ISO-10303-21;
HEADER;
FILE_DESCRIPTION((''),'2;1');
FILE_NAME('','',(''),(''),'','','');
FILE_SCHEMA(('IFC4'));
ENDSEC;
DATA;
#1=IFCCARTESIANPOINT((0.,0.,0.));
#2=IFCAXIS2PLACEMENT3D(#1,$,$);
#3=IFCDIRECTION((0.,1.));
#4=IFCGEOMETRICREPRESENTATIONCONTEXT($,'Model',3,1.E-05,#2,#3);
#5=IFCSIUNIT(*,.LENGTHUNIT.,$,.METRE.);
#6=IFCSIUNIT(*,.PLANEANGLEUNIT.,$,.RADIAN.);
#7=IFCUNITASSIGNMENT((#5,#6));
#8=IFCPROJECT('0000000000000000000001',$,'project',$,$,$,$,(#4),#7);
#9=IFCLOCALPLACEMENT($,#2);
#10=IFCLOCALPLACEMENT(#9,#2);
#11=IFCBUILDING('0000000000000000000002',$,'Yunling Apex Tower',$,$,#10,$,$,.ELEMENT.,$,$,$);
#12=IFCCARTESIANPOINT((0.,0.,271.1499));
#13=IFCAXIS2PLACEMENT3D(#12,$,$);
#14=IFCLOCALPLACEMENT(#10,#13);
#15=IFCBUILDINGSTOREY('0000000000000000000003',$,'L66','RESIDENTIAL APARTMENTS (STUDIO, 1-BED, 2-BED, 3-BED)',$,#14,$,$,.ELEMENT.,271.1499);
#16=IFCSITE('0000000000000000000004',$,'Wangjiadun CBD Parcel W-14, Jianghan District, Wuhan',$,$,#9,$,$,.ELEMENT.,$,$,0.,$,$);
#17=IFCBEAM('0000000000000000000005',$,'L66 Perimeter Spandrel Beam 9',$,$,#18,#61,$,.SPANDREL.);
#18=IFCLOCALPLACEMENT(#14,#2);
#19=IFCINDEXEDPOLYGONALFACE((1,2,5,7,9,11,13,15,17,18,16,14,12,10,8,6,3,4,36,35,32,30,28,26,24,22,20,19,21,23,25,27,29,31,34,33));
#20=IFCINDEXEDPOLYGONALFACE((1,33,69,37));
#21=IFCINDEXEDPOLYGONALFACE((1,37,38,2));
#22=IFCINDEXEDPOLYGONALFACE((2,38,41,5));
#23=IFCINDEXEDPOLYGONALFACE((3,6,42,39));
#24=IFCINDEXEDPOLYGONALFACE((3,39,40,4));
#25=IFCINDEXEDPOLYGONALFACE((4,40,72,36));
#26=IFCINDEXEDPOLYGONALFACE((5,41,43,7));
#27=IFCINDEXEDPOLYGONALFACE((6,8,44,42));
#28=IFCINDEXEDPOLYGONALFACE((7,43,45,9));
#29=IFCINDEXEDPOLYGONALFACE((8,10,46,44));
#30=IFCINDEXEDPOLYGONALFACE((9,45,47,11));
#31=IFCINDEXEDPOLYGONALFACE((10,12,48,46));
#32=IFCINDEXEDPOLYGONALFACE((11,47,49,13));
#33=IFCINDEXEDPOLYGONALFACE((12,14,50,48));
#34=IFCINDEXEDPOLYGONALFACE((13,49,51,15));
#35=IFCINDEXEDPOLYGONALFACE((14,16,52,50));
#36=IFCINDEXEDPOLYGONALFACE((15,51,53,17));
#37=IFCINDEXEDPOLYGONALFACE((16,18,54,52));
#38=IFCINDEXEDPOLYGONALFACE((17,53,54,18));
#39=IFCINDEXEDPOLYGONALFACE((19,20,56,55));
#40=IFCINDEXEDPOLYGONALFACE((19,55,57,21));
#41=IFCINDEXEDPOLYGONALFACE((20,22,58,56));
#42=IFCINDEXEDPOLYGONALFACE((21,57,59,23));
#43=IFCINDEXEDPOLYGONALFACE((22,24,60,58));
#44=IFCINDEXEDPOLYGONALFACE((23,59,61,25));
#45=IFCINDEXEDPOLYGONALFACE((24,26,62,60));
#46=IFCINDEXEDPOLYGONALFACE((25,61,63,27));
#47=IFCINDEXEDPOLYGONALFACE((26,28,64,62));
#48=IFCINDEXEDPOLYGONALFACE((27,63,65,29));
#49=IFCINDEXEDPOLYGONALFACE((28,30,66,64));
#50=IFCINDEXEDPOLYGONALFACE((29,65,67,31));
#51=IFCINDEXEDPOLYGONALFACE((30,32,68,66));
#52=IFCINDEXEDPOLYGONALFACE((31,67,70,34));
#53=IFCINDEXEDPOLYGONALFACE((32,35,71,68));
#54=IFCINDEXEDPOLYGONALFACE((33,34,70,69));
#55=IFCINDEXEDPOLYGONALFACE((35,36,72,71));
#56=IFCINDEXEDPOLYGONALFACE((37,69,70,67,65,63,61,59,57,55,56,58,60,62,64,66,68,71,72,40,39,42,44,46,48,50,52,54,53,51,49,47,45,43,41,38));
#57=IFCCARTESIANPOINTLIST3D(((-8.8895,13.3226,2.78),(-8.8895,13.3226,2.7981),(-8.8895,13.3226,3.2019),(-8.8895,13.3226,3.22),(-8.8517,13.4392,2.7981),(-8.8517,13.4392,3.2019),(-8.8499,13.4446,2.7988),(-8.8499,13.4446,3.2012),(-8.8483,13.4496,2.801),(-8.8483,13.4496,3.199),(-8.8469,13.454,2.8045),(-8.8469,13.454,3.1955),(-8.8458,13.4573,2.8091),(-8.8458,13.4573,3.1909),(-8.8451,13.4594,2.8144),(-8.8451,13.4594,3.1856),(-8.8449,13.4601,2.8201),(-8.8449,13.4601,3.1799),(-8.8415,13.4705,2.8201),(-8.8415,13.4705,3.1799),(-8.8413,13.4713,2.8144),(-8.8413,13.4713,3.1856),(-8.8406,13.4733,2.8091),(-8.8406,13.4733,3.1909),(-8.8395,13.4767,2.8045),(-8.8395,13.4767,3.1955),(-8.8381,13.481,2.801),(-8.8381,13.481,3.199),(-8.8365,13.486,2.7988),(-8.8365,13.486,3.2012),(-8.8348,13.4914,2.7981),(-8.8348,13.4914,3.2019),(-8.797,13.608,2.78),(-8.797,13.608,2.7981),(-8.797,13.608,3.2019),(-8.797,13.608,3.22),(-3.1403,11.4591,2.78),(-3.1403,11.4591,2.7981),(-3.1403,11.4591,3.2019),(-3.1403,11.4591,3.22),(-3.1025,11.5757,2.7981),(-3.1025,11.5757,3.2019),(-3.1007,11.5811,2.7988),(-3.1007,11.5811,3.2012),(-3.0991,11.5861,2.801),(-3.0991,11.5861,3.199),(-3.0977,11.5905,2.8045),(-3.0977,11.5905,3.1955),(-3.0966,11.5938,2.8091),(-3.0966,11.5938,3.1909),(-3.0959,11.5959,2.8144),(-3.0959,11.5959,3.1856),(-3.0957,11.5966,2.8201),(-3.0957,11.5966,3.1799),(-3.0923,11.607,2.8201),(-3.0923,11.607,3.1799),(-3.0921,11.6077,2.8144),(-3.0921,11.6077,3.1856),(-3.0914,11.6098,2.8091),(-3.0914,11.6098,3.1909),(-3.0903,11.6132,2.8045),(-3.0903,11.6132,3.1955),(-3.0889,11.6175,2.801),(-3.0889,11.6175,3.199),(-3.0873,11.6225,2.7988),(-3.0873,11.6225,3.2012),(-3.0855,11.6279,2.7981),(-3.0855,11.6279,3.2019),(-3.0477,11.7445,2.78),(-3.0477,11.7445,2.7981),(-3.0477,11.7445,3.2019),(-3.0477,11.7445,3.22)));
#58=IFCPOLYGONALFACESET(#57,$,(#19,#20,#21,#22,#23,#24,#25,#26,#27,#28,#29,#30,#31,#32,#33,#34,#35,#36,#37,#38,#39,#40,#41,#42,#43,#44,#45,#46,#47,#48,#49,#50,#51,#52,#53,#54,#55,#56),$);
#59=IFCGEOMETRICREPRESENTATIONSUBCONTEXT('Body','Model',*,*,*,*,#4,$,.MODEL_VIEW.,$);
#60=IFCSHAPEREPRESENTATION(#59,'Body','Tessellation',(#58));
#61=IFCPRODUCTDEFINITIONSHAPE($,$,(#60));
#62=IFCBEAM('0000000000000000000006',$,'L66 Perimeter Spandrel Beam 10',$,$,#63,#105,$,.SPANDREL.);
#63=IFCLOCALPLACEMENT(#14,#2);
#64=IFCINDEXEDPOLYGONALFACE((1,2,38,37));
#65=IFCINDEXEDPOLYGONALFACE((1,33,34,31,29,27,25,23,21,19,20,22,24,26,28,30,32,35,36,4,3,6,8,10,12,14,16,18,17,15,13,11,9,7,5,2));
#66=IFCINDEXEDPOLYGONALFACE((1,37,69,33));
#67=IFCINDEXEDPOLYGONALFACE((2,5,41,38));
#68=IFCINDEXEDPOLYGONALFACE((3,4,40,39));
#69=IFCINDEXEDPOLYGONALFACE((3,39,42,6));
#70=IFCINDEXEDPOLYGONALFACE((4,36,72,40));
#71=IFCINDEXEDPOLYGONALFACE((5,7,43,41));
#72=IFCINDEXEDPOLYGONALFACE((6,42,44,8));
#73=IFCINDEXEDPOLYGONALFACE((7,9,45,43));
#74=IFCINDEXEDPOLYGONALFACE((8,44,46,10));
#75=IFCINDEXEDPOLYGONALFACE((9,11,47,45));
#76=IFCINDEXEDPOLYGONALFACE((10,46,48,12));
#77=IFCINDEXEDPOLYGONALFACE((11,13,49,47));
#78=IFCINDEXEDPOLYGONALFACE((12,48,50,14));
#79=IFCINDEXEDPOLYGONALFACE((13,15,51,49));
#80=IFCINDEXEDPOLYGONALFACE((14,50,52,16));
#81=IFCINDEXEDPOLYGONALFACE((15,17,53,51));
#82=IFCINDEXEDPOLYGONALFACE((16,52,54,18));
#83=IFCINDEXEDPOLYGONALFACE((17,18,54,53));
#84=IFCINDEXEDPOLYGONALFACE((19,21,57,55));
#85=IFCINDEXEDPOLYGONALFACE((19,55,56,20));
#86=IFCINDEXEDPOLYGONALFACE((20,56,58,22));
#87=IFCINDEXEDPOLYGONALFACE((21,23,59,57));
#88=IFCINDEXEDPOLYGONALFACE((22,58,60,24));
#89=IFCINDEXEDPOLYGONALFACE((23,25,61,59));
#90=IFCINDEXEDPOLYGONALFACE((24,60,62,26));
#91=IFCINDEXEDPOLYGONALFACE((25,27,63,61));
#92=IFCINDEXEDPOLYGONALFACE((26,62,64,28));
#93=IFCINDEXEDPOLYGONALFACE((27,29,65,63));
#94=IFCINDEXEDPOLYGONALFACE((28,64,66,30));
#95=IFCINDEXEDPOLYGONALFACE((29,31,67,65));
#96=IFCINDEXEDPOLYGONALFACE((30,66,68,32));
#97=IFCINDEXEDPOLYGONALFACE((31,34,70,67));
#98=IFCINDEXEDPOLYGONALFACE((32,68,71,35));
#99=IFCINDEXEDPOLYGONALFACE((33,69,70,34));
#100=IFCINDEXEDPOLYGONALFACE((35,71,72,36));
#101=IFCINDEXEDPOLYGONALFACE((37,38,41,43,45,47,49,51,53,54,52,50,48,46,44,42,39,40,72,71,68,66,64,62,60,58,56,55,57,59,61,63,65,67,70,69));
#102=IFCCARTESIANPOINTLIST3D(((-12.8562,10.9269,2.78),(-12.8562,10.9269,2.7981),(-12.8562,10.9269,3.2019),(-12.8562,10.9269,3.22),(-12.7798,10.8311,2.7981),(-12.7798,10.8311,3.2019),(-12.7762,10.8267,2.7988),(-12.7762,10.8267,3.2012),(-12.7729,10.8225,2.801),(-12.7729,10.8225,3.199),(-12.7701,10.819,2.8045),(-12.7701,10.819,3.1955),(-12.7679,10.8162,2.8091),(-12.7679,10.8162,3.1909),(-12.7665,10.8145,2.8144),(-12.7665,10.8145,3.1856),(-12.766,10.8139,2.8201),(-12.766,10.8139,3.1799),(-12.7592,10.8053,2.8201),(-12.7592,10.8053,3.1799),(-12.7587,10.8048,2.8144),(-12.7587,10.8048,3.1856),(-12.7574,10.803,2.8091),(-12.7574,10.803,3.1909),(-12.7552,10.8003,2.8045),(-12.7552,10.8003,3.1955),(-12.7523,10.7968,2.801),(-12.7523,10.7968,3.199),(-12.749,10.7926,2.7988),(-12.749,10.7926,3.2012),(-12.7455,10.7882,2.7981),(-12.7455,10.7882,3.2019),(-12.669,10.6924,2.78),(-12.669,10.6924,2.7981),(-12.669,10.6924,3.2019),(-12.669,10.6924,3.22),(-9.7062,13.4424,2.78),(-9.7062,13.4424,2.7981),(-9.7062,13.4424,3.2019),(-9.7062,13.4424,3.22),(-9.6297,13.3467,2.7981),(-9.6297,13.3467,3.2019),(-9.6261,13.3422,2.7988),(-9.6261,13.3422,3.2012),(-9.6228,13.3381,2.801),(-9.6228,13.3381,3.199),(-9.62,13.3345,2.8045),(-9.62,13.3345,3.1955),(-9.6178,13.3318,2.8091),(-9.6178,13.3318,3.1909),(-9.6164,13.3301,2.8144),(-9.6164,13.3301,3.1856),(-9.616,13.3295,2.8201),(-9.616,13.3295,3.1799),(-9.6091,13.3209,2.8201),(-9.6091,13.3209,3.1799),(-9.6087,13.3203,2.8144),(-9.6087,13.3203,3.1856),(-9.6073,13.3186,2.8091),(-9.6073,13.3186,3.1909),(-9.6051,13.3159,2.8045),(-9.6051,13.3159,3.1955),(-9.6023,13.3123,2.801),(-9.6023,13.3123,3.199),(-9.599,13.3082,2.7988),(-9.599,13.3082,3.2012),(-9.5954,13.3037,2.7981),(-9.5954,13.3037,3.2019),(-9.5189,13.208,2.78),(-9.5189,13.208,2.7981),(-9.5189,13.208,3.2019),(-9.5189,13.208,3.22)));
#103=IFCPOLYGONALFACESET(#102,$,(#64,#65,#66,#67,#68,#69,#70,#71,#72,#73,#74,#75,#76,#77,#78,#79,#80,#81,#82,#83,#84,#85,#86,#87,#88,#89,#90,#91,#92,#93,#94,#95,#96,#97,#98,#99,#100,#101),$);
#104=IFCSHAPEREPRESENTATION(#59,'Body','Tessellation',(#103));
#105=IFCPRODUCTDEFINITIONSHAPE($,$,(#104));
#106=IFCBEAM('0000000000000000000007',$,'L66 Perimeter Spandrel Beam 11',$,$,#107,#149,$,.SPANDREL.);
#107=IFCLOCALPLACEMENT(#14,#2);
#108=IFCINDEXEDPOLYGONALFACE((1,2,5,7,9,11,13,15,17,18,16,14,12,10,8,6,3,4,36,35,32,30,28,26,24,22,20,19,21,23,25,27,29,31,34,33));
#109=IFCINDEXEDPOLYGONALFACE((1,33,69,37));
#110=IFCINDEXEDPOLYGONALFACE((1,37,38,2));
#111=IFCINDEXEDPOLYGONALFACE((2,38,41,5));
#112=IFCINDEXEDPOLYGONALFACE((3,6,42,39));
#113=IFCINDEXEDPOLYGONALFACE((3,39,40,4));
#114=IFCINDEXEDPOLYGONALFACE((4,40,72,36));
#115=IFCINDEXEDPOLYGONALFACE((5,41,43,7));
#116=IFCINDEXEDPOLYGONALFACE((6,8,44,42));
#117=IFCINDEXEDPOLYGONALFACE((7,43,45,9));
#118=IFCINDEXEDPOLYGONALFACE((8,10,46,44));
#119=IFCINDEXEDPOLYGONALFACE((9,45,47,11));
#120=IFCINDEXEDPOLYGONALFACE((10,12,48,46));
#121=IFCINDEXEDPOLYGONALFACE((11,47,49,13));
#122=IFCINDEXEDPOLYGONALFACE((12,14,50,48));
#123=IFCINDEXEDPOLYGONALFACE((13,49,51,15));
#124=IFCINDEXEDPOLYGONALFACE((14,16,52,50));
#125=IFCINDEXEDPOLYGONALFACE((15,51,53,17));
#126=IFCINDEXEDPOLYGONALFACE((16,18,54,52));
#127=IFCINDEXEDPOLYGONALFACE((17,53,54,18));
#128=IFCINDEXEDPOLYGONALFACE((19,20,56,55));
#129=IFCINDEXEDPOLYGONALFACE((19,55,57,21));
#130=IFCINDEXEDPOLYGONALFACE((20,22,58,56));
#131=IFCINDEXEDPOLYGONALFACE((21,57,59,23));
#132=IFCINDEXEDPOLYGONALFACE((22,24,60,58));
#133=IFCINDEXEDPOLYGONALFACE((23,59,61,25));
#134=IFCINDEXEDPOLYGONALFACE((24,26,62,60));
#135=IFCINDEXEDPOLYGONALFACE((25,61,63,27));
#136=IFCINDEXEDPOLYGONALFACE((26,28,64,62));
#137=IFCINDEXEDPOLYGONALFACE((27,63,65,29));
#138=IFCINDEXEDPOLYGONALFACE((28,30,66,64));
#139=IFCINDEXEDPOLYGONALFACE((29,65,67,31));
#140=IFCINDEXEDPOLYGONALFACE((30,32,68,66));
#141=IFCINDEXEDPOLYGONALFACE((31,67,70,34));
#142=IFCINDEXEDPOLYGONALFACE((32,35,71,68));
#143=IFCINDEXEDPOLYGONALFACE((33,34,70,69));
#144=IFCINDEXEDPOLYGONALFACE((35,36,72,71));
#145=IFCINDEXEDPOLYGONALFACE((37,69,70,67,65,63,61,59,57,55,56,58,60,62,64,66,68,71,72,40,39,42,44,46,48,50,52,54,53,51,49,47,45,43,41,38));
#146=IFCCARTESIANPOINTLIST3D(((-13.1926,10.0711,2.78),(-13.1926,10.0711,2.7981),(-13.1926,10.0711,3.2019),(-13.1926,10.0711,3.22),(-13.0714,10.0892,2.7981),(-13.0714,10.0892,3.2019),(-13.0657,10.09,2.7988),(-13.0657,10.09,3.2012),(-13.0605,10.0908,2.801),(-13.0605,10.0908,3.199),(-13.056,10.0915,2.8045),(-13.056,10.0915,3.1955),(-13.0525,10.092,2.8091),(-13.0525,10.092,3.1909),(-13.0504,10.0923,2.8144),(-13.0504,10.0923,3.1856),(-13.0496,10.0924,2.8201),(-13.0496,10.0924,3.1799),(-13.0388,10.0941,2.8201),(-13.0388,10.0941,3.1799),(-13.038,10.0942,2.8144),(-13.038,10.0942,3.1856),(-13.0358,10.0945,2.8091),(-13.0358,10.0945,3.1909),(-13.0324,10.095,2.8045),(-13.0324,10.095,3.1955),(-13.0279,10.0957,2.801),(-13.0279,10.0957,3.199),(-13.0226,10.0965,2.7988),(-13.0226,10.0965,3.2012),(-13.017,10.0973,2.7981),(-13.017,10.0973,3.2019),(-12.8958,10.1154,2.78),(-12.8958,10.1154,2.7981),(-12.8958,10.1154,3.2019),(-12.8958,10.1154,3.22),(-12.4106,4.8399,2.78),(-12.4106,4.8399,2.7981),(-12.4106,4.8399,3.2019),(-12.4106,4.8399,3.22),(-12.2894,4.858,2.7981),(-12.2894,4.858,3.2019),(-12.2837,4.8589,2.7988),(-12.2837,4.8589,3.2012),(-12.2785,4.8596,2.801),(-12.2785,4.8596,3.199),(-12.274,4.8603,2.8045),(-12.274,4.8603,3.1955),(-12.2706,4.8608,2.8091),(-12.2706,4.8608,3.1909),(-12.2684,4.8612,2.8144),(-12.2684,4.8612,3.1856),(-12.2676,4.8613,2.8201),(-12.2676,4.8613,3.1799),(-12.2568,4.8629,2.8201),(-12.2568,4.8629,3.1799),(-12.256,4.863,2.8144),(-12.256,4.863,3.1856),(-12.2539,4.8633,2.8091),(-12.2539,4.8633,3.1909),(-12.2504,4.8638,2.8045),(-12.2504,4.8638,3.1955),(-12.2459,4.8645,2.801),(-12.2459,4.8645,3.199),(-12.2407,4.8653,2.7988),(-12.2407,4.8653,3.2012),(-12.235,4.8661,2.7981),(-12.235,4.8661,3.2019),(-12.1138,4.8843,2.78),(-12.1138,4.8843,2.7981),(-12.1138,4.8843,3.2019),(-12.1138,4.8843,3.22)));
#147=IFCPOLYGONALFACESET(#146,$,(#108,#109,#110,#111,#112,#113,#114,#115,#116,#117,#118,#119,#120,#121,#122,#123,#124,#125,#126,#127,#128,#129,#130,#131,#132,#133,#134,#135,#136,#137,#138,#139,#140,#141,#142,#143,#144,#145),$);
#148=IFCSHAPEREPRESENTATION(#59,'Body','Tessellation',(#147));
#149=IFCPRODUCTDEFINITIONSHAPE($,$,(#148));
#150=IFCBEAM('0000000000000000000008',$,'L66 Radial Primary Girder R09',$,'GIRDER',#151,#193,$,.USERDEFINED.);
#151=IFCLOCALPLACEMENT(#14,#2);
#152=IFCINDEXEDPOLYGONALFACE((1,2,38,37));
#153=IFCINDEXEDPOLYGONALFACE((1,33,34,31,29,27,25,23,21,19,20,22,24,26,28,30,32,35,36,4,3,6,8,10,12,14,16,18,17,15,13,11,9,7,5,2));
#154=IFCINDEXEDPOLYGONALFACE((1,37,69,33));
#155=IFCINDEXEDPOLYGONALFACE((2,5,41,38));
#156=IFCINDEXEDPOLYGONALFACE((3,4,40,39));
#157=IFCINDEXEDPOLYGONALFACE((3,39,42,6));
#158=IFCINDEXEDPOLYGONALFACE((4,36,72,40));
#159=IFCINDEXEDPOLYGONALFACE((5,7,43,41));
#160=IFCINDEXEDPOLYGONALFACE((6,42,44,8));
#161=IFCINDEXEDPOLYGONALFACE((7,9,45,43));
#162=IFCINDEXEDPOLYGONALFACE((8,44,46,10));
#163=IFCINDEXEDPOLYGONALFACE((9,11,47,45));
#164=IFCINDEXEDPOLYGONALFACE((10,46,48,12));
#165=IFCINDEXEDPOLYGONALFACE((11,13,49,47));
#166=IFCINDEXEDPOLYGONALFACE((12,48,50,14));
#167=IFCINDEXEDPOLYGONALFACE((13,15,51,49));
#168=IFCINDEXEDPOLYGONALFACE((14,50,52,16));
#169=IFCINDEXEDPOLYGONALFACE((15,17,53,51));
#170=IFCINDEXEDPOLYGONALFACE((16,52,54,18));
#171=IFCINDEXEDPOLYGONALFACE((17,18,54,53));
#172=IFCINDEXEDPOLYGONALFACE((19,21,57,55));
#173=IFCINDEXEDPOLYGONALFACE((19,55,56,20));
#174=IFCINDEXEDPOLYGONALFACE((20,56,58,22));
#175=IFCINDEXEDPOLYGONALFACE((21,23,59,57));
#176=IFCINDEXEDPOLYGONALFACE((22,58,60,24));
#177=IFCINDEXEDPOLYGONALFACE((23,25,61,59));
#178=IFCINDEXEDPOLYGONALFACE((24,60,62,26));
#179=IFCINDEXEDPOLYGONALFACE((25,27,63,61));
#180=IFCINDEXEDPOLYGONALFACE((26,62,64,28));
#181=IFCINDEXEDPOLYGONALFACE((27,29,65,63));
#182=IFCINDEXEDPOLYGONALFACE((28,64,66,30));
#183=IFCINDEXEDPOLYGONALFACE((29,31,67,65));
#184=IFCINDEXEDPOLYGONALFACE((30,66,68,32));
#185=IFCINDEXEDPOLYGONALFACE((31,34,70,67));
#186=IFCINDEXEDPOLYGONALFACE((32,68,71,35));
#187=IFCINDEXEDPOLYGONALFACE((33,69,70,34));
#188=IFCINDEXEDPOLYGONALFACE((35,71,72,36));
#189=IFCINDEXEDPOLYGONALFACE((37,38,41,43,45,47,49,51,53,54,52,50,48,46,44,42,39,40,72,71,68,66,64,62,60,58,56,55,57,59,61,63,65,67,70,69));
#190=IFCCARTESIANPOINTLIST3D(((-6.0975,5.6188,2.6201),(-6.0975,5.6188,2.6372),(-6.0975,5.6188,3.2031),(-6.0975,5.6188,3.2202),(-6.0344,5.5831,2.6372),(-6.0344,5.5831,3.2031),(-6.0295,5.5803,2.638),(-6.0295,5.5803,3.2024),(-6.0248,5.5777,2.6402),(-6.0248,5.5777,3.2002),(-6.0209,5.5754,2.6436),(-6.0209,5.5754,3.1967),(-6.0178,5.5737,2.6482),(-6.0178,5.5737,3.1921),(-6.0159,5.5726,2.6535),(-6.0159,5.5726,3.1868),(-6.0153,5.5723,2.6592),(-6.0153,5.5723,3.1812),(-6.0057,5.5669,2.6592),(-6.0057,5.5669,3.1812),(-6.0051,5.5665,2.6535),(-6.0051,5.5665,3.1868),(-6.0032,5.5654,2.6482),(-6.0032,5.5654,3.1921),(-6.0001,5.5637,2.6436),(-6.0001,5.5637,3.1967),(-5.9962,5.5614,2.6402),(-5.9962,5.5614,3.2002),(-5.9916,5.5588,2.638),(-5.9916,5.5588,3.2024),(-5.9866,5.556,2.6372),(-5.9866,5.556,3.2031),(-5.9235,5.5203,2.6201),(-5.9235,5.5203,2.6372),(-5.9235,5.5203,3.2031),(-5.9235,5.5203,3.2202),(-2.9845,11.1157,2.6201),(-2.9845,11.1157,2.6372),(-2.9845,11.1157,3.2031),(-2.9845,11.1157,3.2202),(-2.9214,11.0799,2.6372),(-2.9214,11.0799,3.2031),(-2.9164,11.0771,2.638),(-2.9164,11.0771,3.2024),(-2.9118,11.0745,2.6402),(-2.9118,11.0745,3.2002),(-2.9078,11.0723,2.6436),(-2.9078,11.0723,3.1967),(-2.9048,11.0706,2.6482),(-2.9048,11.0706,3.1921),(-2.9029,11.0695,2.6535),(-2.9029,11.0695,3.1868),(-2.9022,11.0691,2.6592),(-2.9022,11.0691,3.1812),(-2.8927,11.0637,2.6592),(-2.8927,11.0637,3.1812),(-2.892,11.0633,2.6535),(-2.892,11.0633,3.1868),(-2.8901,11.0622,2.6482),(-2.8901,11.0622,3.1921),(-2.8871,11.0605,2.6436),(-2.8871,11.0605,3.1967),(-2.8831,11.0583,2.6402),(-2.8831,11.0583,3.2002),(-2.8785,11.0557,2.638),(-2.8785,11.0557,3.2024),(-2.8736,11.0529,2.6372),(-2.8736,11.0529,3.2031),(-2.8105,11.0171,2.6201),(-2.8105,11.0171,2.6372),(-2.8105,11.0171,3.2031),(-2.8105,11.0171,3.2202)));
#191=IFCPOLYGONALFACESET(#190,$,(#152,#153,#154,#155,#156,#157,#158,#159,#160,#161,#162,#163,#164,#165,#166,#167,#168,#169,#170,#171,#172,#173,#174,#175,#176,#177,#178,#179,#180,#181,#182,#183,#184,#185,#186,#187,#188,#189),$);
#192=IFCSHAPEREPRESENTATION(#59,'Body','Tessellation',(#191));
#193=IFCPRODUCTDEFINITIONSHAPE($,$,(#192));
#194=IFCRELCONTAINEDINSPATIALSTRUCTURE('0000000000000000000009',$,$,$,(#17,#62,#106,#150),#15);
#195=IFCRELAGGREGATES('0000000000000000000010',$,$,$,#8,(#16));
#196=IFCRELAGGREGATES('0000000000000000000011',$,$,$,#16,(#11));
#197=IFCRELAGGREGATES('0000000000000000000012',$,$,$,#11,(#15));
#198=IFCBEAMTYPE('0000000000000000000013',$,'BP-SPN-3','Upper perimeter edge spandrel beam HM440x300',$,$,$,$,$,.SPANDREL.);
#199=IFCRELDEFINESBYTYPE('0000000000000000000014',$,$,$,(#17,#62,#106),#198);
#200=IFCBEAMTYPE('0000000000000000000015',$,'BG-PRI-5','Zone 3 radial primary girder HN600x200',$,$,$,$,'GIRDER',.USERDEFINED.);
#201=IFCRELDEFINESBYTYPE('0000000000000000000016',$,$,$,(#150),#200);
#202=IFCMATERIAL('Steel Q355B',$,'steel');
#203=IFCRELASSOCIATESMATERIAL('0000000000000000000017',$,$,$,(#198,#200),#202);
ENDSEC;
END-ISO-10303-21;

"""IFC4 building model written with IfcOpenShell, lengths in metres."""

from ifc_helpers import new_model, si_unit, direction, frame, origin, origin_2d, place, context, subcontext, project, spatial, i_section, extrude, source, transform, mapped, material, material_profile, profile_set, type_object, element, save


model = new_model("IFC4")

# Units and contexts
model_context = context("Model", 3, precision=1e-05, world=origin(), true_north=direction((0.0, 1.0)))
body_context = subcontext(model_context, "Body", "Model", "MODEL_VIEW")
ifc_project = project(units=[si_unit("LENGTHUNIT", "METRE"), si_unit("PLANEANGLEUNIT", "RADIAN")], contexts=[model_context])

# Site, building, storey
site_placement = place(None, origin())
site = spatial("IfcSite", under=ifc_project, at=site_placement, Name="Wangjiadun CBD Parcel W-14, Jianghan District, Wuhan", CompositionType="ELEMENT", RefElevation=0.0)
building_placement = place(site_placement, origin())
building = spatial("IfcBuilding", under=site, at=building_placement, Name="Yunling Apex Tower", CompositionType="ELEMENT")
storey_placement = place(building_placement, frame((0.0, 0.0, 271.1499)))
storey = spatial("IfcBuildingStorey", under=building, at=storey_placement, Name="L66", Description="RESIDENTIAL APARTMENTS (STUDIO, 1-BED, 2-BED, 3-BED)", CompositionType="ELEMENT", Elevation=271.1499)

# Shared definitions
ifc_material_1 = material(Name="Steel Q355B", Category="steel")

# Beams
ifc_material_profile_1 = material_profile(ifc_material_1, i_section(OverallWidth=0.3, OverallDepth=0.4399, WebThickness=0.011, FlangeThickness=0.0181, FilletRadius=0.022, at=origin_2d()))
ifc_profile_set_1 = profile_set([ifc_material_profile_1], Name="Steel Q355B")
beam_type_1 = type_object("IfcBeamType", Name="BP-SPN-3", Description="Upper perimeter edge spandrel beam HM440x300", PredefinedType="SPANDREL", material=ifc_profile_set_1)
shared_shape_1 = source(origin(), body_context, "Body", "SweptSolid", [
    extrude(i_section(OverallWidth=0.3, OverallDepth=0.4399, WebThickness=0.011, FlangeThickness=0.0181, FilletRadius=0.022, at=origin_2d()), origin(), (0.0, 0.0, 1.0), 6.0437),
])
beam_1_placement = place(storey_placement, frame((-3.094, 11.6018, 3.0), z_axis=(-0.951276, 0.30834, 0.0), x_axis=(-0.30834, -0.951276, 0.0)))
element("IfcBeam", 1, at=beam_1_placement, inside=storey, type_object=beam_type_1, Name="L66 Perimeter Spandrel Beam 9", PredefinedType="SPANDREL", context=body_context, shape_type="MappedRepresentation", body=[
    mapped(shared_shape_1, transform((0.0, 0.0, 0.0), scale=1.0)),
])
shared_shape_2 = source(origin(), body_context, "Body", "SweptSolid", [
    extrude(i_section(OverallWidth=0.3, OverallDepth=0.4399, WebThickness=0.011, FlangeThickness=0.0181, FilletRadius=0.022, at=origin_2d()), origin(), (0.0, 0.0, 1.0), 4.0312),
])
beam_2_placement = place(storey_placement, frame((-9.6125, 13.3252, 3.0), z_axis=(-0.781412, -0.624015, 0.0), x_axis=(0.624015, -0.781412, 0.0)))
element("IfcBeam", 2, at=beam_2_placement, inside=storey, type_object=beam_type_1, Name="L66 Perimeter Spandrel Beam 10", PredefinedType="SPANDREL", context=body_context, shape_type="MappedRepresentation", body=[
    mapped(shared_shape_2, transform((0.0, 0.0, 0.0), scale=1.0)),
])
shared_shape_3 = source(origin(), body_context, "Body", "SweptSolid", [
    extrude(i_section(OverallWidth=0.3, OverallDepth=0.4399, WebThickness=0.011, FlangeThickness=0.0181, FilletRadius=0.022, at=origin_2d()), origin(), (0.0, 0.0, 1.0), 5.2893),
])
beam_3_placement = place(storey_placement, frame((-13.0442, 10.0933, 3.0), z_axis=(0.147842, -0.989011, 0.0), x_axis=(0.989011, 0.147842, 0.0)))
element("IfcBeam", 3, at=beam_3_placement, inside=storey, type_object=beam_type_1, Name="L66 Perimeter Spandrel Beam 11", PredefinedType="SPANDREL", context=body_context, shape_type="MappedRepresentation", body=[
    mapped(shared_shape_3, transform((0.0, 0.0, 0.0), scale=1.0)),
])
ifc_material_profile_2 = material_profile(ifc_material_1, i_section(OverallWidth=0.2, OverallDepth=0.6001, WebThickness=0.011, FlangeThickness=0.0171, FilletRadius=0.022, at=origin_2d()))
ifc_profile_set_2 = profile_set([ifc_material_profile_2], Name="Steel Q355B")
beam_type_2 = type_object("IfcBeamType", Name="BG-PRI-5", Description="Zone 3 radial primary girder HN600x200", ElementType="GIRDER", PredefinedType="USERDEFINED", material=ifc_profile_set_2)
shared_shape_4 = source(origin(), body_context, "Body", "SweptSolid", [
    extrude(i_section(OverallWidth=0.2, OverallDepth=0.6001, WebThickness=0.011, FlangeThickness=0.0171, FilletRadius=0.022, at=origin_2d()), origin(), (0.0, 0.0, 1.0), 6.3171),
])
beam_4_placement = place(storey_placement, frame((-2.8975, 11.0664, 2.9202), z_axis=(-0.492793, -0.870146, 0.0), x_axis=(0.870146, -0.492793, 0.0)))
element("IfcBeam", 4, at=beam_4_placement, inside=storey, type_object=beam_type_2, Name="L66 Radial Primary Girder R09", ObjectType="GIRDER", PredefinedType="USERDEFINED", context=body_context, shape_type="MappedRepresentation", body=[
    mapped(shared_shape_4, transform((0.0, 0.0, 0.0), scale=1.0)),
])

save(model, "model.ifc")
